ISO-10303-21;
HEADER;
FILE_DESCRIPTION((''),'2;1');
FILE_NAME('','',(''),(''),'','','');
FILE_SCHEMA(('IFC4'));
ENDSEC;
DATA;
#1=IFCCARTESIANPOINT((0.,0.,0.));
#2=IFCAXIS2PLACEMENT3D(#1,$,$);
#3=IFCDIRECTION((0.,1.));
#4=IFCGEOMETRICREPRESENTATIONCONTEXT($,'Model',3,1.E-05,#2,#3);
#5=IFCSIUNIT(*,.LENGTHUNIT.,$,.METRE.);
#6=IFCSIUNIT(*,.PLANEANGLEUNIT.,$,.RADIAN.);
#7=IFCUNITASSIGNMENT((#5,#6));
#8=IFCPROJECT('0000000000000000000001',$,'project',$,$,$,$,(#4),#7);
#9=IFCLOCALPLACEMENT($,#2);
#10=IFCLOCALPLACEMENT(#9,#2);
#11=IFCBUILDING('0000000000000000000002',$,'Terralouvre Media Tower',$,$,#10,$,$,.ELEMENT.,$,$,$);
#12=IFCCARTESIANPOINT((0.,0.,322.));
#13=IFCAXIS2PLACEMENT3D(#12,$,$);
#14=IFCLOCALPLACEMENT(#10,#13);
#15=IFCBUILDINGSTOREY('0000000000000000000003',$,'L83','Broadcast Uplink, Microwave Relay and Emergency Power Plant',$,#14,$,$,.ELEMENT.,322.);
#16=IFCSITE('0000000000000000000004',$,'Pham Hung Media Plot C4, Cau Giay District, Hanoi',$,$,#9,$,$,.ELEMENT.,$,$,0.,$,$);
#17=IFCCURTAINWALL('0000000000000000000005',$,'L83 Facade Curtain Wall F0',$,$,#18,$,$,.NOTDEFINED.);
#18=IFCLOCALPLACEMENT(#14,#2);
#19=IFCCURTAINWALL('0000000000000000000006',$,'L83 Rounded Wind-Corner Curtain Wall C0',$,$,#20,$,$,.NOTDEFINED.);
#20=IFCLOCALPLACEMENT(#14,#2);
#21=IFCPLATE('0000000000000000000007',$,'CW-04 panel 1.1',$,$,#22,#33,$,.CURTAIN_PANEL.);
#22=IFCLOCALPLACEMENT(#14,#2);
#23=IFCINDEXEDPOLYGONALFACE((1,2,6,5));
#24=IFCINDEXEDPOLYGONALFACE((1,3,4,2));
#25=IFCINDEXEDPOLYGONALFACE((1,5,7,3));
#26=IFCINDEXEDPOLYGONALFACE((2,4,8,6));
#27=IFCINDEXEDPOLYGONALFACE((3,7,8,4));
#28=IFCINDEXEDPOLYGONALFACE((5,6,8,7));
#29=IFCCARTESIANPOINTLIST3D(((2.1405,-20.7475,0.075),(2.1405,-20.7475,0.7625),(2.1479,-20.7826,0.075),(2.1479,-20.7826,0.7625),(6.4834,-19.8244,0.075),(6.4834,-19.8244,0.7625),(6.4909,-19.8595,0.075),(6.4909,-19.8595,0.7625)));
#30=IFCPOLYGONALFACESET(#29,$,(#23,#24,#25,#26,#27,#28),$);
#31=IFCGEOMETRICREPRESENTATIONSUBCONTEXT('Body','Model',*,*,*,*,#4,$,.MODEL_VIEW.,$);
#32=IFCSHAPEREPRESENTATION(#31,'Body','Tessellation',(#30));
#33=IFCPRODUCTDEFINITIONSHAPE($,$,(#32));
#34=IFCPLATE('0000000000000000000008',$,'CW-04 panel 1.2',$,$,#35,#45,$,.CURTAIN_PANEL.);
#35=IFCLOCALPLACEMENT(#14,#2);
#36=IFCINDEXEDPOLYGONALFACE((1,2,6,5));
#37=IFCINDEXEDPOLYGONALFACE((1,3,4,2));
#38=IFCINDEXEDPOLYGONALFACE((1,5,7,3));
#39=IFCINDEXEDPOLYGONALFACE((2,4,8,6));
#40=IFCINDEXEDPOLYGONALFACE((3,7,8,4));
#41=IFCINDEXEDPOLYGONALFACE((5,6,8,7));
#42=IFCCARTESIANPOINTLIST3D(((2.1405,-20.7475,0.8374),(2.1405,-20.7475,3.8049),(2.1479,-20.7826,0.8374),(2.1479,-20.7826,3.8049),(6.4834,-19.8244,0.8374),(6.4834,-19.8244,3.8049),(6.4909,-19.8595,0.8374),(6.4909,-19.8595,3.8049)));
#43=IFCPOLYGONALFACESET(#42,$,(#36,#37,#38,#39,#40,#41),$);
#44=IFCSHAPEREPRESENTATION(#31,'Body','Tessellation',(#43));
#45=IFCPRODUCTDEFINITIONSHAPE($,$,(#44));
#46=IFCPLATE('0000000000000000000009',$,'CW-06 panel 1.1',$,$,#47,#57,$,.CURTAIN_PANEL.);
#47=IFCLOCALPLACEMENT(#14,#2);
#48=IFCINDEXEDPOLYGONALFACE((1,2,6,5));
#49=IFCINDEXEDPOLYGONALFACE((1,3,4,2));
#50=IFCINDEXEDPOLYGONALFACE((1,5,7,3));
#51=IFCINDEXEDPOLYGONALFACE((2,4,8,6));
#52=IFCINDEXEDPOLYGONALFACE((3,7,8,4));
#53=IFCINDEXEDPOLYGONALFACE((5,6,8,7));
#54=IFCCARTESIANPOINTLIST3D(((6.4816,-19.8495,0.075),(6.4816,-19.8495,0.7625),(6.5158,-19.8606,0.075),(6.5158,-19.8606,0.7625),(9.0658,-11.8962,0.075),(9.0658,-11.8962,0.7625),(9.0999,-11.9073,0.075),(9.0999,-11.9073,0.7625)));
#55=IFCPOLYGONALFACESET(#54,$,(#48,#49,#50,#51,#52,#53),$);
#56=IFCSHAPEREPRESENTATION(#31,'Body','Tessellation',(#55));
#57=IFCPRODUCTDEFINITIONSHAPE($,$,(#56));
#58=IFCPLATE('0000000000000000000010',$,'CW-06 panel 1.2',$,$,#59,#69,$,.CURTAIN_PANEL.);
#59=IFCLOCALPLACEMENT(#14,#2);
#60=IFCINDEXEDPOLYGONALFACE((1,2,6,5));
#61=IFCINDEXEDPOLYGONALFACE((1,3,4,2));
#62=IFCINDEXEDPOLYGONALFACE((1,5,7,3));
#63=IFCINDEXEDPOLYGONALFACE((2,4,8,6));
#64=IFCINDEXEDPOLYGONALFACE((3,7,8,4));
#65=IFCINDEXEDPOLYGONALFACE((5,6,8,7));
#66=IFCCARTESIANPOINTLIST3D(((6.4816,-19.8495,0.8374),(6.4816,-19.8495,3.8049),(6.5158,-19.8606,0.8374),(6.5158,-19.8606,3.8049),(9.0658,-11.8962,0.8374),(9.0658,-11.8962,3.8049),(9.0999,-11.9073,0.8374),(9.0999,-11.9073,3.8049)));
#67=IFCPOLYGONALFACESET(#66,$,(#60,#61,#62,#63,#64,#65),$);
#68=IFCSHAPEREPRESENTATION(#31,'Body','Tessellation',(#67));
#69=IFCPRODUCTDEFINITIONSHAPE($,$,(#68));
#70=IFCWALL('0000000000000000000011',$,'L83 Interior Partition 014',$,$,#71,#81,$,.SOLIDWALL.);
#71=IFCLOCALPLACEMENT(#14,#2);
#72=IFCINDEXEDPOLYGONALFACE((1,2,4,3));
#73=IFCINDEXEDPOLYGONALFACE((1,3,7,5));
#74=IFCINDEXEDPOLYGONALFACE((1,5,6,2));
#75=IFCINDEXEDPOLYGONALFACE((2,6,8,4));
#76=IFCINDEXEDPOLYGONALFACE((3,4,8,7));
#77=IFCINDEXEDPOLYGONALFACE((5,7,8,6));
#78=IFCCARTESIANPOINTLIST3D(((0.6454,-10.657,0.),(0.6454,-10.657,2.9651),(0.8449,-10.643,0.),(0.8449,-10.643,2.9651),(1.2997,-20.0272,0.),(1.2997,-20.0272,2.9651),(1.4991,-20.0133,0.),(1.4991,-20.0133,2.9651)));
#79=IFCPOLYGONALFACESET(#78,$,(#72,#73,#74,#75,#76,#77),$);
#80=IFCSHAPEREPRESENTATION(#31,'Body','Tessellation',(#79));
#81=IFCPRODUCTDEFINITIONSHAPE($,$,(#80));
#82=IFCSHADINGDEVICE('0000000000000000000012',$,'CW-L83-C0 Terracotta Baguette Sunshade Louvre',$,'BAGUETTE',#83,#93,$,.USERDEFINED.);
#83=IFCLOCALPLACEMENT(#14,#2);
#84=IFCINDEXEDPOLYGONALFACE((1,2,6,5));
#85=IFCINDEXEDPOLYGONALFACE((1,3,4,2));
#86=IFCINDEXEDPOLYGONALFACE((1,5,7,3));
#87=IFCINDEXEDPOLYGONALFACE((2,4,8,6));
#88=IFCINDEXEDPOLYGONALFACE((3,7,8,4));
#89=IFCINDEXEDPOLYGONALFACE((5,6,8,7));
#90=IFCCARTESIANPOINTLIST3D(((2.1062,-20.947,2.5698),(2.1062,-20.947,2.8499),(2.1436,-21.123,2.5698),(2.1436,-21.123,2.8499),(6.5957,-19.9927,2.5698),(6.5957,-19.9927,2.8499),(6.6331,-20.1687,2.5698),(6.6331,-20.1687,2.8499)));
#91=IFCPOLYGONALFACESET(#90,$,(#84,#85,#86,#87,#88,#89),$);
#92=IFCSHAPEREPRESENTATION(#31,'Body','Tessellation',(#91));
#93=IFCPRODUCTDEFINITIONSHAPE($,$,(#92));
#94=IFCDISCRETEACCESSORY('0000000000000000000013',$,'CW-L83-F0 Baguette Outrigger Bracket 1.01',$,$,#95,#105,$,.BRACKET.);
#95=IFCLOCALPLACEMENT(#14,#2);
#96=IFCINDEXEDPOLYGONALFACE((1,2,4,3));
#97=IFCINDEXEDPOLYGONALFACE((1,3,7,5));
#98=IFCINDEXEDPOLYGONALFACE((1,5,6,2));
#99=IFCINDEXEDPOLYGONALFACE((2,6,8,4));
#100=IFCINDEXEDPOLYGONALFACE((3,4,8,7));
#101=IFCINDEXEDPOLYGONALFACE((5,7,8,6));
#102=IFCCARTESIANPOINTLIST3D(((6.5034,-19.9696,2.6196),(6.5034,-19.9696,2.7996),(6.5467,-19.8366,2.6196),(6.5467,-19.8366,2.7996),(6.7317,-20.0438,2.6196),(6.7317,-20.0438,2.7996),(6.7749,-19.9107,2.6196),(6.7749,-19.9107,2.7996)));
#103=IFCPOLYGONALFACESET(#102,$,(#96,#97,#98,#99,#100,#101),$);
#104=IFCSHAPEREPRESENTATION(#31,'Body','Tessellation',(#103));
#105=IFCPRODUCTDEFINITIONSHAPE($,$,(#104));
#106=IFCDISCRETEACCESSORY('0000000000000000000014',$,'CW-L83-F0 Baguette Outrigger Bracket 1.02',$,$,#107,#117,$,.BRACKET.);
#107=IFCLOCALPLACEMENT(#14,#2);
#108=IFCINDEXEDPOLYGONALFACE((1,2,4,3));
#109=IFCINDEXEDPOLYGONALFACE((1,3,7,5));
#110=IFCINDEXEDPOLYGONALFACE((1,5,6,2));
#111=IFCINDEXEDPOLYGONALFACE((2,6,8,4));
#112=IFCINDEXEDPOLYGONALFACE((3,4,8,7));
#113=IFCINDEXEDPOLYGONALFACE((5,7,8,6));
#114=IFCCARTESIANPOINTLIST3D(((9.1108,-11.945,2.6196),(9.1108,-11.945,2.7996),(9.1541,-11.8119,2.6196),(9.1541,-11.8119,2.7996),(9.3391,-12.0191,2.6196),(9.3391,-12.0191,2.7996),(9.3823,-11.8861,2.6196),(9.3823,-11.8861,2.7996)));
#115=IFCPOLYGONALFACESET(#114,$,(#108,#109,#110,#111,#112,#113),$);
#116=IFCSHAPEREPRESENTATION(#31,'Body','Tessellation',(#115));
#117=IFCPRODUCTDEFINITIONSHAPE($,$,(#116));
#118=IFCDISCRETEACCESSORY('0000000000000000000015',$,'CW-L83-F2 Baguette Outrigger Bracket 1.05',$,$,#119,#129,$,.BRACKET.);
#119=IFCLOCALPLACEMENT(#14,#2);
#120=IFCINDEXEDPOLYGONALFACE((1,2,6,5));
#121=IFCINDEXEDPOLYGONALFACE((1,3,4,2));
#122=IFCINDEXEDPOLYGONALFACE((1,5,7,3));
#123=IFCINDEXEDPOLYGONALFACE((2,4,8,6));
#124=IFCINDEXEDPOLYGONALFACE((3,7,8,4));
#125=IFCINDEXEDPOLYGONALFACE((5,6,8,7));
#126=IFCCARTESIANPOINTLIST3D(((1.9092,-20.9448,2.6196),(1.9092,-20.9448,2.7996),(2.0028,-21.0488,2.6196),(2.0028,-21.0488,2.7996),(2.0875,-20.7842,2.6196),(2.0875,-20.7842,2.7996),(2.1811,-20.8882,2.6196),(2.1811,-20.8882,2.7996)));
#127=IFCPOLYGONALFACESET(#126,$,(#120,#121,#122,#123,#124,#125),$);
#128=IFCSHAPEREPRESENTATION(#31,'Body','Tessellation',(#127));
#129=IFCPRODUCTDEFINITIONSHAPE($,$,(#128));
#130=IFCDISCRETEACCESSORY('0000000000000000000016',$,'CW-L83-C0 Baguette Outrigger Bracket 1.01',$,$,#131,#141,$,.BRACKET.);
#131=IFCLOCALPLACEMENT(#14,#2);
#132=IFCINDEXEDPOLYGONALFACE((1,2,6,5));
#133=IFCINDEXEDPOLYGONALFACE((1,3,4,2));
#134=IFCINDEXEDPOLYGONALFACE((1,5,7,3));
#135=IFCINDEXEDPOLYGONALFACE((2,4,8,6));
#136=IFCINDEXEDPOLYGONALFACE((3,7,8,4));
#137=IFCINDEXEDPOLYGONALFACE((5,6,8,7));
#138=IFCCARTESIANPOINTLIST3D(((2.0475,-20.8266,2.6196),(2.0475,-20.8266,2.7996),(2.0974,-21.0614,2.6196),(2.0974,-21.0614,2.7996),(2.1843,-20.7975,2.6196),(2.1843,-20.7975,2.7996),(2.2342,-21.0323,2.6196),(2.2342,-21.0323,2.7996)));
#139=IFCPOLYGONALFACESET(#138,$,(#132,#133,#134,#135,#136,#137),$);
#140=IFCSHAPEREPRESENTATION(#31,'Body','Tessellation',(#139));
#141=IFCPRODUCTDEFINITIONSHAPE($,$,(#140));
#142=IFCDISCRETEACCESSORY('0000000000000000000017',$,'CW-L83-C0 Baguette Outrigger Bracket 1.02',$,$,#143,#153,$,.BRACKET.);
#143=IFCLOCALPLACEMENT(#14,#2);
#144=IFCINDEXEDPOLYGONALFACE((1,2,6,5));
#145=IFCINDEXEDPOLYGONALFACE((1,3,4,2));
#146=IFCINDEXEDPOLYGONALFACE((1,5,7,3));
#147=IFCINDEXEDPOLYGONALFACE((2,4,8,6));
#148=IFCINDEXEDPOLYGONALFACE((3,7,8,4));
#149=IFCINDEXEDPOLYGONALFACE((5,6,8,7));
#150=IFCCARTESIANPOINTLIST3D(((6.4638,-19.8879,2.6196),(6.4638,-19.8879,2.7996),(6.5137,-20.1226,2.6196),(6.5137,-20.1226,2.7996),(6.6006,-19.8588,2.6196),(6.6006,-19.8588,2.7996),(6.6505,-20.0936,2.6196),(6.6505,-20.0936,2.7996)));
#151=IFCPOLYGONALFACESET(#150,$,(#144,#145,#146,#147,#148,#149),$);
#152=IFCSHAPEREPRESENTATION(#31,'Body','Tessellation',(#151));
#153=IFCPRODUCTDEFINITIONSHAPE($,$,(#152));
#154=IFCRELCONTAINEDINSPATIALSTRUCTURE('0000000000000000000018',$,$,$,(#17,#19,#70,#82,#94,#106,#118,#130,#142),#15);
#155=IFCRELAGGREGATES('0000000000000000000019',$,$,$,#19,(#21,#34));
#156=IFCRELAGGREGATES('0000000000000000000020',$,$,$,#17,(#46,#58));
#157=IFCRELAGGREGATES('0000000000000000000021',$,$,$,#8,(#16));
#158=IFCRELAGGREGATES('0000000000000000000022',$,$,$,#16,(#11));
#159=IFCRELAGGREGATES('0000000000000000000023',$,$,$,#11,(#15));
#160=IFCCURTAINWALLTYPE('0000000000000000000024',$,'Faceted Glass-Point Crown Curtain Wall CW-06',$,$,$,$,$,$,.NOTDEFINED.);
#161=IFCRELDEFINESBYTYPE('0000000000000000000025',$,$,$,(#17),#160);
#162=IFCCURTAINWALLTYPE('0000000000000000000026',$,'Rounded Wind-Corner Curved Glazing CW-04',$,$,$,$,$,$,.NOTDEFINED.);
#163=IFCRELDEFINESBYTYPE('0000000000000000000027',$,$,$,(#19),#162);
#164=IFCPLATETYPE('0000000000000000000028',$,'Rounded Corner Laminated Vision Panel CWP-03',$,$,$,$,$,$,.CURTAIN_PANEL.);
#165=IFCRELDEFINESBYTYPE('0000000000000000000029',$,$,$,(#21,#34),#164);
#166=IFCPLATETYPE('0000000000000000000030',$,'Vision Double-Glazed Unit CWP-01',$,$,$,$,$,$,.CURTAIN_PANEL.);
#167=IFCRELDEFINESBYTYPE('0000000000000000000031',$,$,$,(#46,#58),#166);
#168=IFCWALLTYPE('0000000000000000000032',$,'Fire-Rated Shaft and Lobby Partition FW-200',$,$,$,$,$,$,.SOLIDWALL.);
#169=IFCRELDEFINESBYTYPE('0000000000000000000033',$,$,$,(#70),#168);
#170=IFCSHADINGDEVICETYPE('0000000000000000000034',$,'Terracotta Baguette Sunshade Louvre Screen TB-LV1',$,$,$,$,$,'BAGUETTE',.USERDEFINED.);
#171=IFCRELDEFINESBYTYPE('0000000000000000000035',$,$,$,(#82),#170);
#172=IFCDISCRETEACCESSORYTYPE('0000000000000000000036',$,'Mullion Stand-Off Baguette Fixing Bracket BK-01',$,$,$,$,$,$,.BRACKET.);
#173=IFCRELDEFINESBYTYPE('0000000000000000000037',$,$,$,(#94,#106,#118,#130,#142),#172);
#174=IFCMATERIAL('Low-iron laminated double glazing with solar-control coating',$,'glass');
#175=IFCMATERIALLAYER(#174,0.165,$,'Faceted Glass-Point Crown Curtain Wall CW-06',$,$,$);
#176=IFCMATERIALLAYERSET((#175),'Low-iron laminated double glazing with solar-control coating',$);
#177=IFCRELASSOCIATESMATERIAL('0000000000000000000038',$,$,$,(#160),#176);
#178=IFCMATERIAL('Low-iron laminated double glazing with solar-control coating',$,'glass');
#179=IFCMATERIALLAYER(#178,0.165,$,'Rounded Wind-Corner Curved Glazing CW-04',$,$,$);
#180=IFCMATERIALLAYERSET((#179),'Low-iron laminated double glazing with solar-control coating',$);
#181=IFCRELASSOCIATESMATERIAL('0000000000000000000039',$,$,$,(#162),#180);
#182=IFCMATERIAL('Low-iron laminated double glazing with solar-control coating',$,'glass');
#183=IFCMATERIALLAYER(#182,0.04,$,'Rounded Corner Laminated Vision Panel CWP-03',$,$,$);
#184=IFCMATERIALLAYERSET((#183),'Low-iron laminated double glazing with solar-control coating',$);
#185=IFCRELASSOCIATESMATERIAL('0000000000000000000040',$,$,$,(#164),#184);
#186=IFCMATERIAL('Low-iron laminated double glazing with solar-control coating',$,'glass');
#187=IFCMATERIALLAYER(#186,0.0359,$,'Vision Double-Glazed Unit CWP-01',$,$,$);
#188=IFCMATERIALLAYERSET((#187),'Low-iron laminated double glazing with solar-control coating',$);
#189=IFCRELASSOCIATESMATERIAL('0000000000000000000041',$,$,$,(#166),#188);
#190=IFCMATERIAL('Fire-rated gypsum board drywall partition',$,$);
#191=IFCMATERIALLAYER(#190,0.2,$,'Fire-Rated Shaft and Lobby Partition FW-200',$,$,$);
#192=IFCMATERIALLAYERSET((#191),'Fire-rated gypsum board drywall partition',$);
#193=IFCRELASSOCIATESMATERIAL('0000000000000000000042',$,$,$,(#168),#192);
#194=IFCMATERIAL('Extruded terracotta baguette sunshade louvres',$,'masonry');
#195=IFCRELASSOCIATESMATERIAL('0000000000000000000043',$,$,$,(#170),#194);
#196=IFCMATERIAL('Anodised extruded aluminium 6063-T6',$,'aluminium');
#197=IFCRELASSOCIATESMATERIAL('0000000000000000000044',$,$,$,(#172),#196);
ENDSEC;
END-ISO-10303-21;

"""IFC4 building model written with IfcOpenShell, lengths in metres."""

from ifc_helpers import new_model, si_unit, direction, frame, frame_2d, origin, origin_2d, place, context, subcontext, project, spatial, rectangle, extrude, material, layer, layer_set, type_object, element, aggregate, save


model = new_model("IFC4")

# Units and contexts
model_context = context("Model", 3, precision=1e-05, world=origin(), true_north=direction((0.0, 1.0)))
body_context = subcontext(model_context, "Body", "Model", "MODEL_VIEW")
ifc_project = project(units=[si_unit("LENGTHUNIT", "METRE"), si_unit("PLANEANGLEUNIT", "RADIAN")], contexts=[model_context])

# Site, building, storey
site_placement = place(None, origin())
site = spatial("IfcSite", under=ifc_project, at=site_placement, Name="Pham Hung Media Plot C4, Cau Giay District, Hanoi", CompositionType="ELEMENT", RefElevation=0.0)
building_placement = place(site_placement, origin())
building = spatial("IfcBuilding", under=site, at=building_placement, Name="Terralouvre Media Tower", CompositionType="ELEMENT")
storey_placement = place(building_placement, frame((0.0, 0.0, 322.0)))
storey = spatial("IfcBuildingStorey", under=building, at=storey_placement, Name="L83", Description="Broadcast Uplink, Microwave Relay and Emergency Power Plant", CompositionType="ELEMENT", Elevation=322.0)

# Curtain walls
ifc_material_1 = material(Name="Low-iron laminated double glazing with solar-control coating", Category="glass")
ifc_layer_1 = layer(ifc_material_1, 0.165, Name="Faceted Glass-Point Crown Curtain Wall CW-06")
ifc_layer_set_1 = layer_set([ifc_layer_1], Name="Low-iron laminated double glazing with solar-control coating")
curtain_wall_type_1 = type_object("IfcCurtainWallType", Name="Faceted Glass-Point Crown Curtain Wall CW-06", PredefinedType="NOTDEFINED", material=ifc_layer_set_1)
curtain_wall_1_placement = place(storey_placement, origin())
curtain_wall_1 = element("IfcCurtainWall", 1, at=curtain_wall_1_placement, inside=storey, type_object=curtain_wall_type_1, Name="L83 Facade Curtain Wall F0", PredefinedType="NOTDEFINED")
ifc_material_2 = material(Name="Low-iron laminated double glazing with solar-control coating", Category="glass")
ifc_layer_2 = layer(ifc_material_2, 0.165, Name="Rounded Wind-Corner Curved Glazing CW-04")
ifc_layer_set_2 = layer_set([ifc_layer_2], Name="Low-iron laminated double glazing with solar-control coating")
curtain_wall_type_2 = type_object("IfcCurtainWallType", Name="Rounded Wind-Corner Curved Glazing CW-04", PredefinedType="NOTDEFINED", material=ifc_layer_set_2)
curtain_wall_2_placement = place(storey_placement, origin())
curtain_wall_2 = element("IfcCurtainWall", 2, at=curtain_wall_2_placement, inside=storey, type_object=curtain_wall_type_2, Name="L83 Rounded Wind-Corner Curtain Wall C0", PredefinedType="NOTDEFINED")

# Plates
ifc_material_3 = material(Name="Low-iron laminated double glazing with solar-control coating", Category="glass")
ifc_layer_3 = layer(ifc_material_3, 0.04, Name="Rounded Corner Laminated Vision Panel CWP-03")
ifc_layer_set_3 = layer_set([ifc_layer_3], Name="Low-iron laminated double glazing with solar-control coating")
plate_type_1 = type_object("IfcPlateType", Name="Rounded Corner Laminated Vision Panel CWP-03", PredefinedType="CURTAIN_PANEL", material=ifc_layer_set_3)
plate_1_placement = place(storey_placement, frame((4.3157, -20.3035, 0.075), z_axis=(0.0, 0.0, 1.0), x_axis=(0.978148, 0.207911, 0.0)))
plate_1 = element("IfcPlate", 3, at=plate_1_placement, type_object=plate_type_1, Name="CW-04 panel 1.1", PredefinedType="CURTAIN_PANEL", context=body_context, shape_type="SweptSolid", body=[
    extrude(rectangle(XDim=4.4399, YDim=0.0359, at=origin_2d()), origin(), (0.0, 0.0, 1.0), 0.6875),
])
plate_2_placement = place(storey_placement, frame((4.3157, -20.3035, 0.8374), z_axis=(0.0, 0.0, 1.0), x_axis=(0.978148, 0.207911, 0.0)))
plate_2 = element("IfcPlate", 4, at=plate_2_placement, type_object=plate_type_1, Name="CW-04 panel 1.2", PredefinedType="CURTAIN_PANEL", context=body_context, shape_type="SweptSolid", body=[
    extrude(rectangle(XDim=4.4399, YDim=0.0359, at=origin_2d()), origin(), (0.0, 0.0, 1.0), 2.9675),
])
aggregate(curtain_wall_2, [plate_1, plate_2])
ifc_material_4 = material(Name="Low-iron laminated double glazing with solar-control coating", Category="glass")
ifc_layer_4 = layer(ifc_material_4, 0.0359, Name="Vision Double-Glazed Unit CWP-01")
ifc_layer_set_4 = layer_set([ifc_layer_4], Name="Low-iron laminated double glazing with solar-control coating")
plate_type_2 = type_object("IfcPlateType", Name="Vision Double-Glazed Unit CWP-01", PredefinedType="CURTAIN_PANEL", material=ifc_layer_set_4)
plate_3_placement = place(storey_placement, frame((7.7908, -15.8784, 0.075), z_axis=(0.0, 0.0, 1.0), x_axis=(0.309017, 0.951057, 0.0)))
plate_3 = element("IfcPlate", 5, at=plate_3_placement, type_object=plate_type_2, Name="CW-06 panel 1.1", PredefinedType="CURTAIN_PANEL", context=body_context, shape_type="SweptSolid", body=[
    extrude(rectangle(XDim=8.3625, YDim=0.0359, at=origin_2d()), origin(), (0.0, 0.0, 1.0), 0.6875),
])
plate_4_placement = place(storey_placement, frame((7.7908, -15.8784, 0.8374), z_axis=(0.0, 0.0, 1.0), x_axis=(0.309017, 0.951057, 0.0)))
plate_4 = element("IfcPlate", 6, at=plate_4_placement, type_object=plate_type_2, Name="CW-06 panel 1.2", PredefinedType="CURTAIN_PANEL", context=body_context, shape_type="SweptSolid", body=[
    extrude(rectangle(XDim=8.3625, YDim=0.0359, at=origin_2d()), origin(), (0.0, 0.0, 1.0), 2.9675),
])
aggregate(curtain_wall_1, [plate_3, plate_4])

# Wall
ifc_material_5 = material(Name="Fire-rated gypsum board drywall partition")
ifc_layer_5 = layer(ifc_material_5, 0.2, Name="Fire-Rated Shaft and Lobby Partition FW-200")
ifc_layer_set_5 = layer_set([ifc_layer_5], Name="Fire-rated gypsum board drywall partition")
wall_type = type_object("IfcWallType", Name="Fire-Rated Shaft and Lobby Partition FW-200", PredefinedType="SOLIDWALL", material=ifc_layer_set_5)
wall_placement = place(storey_placement, frame((1.3994, -20.0203, 0.0), z_axis=(0.0, 0.0, 1.0), x_axis=(-0.069657, 0.997571, 0.0)))
element("IfcWall", 7, at=wall_placement, inside=storey, type_object=wall_type, Name="L83 Interior Partition 014", PredefinedType="SOLIDWALL", context=body_context, shape_type="SweptSolid", body=[
    extrude(rectangle(XDim=9.3931, YDim=0.2, at=frame_2d((4.6965, 0.0))), origin(), (0.0, 0.0, 1.0), 2.9651),
])

# Shading device
ifc_material_6 = material(Name="Extruded terracotta baguette sunshade louvres", Category="masonry")
shading_device_type = type_object("IfcShadingDeviceType", Name="Terracotta Baguette Sunshade Louvre Screen TB-LV1", ElementType="BAGUETTE", PredefinedType="USERDEFINED", material=ifc_material_6)
shading_device_placement = place(storey_placement, frame((4.3696, -20.5579, 2.5698), z_axis=(0.0, 0.0, 1.0), x_axis=(0.978148, 0.207911, 0.0)))
element("IfcShadingDevice", 8, at=shading_device_placement, inside=storey, type_object=shading_device_type, Name="CW-L83-C0 Terracotta Baguette Sunshade Louvre", ObjectType="BAGUETTE", PredefinedType="USERDEFINED", context=body_context, shape_type="SweptSolid", body=[
    extrude(rectangle(XDim=4.5898, YDim=0.1799, at=origin_2d()), origin(), (0.0, 0.0, 1.0), 0.28),
])

# Discrete accessories
ifc_material_7 = material(Name="Anodised extruded aluminium 6063-T6", Category="aluminium")
discrete_accessory_type = type_object("IfcDiscreteAccessoryType", Name="Mullion Stand-Off Baguette Fixing Bracket BK-01", PredefinedType="BRACKET", material=ifc_material_7)
for number, where, z_axis, x_axis, name in (
    (9, (6.6392, -19.9402, 2.6196), (0.0, 0.0, 1.0), (0.309017, 0.951057, 0.0), "CW-L83-F0 Baguette Outrigger Bracket 1.01"),
    (10, (9.2466, -11.9155, 2.6196), (0.0, 0.0, 1.0), (0.309017, 0.951057, 0.0), "CW-L83-F0 Baguette Outrigger Bracket 1.02"),
    (11, (2.0452, -20.9165, 2.6196), (0.0, 0.0, 1.0), (0.669131, -0.743145, 0.0), "CW-L83-F2 Baguette Outrigger Bracket 1.05"),
    (12, (2.1409, -20.9294, 2.6196), (0.0, 0.0, 1.0), (0.978148, 0.207911, 0.0), "CW-L83-C0 Baguette Outrigger Bracket 1.01"),
    (13, (6.5571, -19.9907, 2.6196), (0.0, 0.0, 1.0), (0.978148, 0.207911, 0.0), "CW-L83-C0 Baguette Outrigger Bracket 1.02"),
):
    element("IfcDiscreteAccessory", number, at=place(storey_placement, frame(where, z_axis=z_axis, x_axis=x_axis)), inside=storey, type_object=discrete_accessory_type, Name=name, PredefinedType="BRACKET", context=body_context, shape_type="SweptSolid", body=[
        extrude(rectangle(XDim=0.1399, YDim=0.24, at=origin_2d()), origin(), (0.0, 0.0, 1.0), 0.1799),
    ])

save(model, "model.ifc")
